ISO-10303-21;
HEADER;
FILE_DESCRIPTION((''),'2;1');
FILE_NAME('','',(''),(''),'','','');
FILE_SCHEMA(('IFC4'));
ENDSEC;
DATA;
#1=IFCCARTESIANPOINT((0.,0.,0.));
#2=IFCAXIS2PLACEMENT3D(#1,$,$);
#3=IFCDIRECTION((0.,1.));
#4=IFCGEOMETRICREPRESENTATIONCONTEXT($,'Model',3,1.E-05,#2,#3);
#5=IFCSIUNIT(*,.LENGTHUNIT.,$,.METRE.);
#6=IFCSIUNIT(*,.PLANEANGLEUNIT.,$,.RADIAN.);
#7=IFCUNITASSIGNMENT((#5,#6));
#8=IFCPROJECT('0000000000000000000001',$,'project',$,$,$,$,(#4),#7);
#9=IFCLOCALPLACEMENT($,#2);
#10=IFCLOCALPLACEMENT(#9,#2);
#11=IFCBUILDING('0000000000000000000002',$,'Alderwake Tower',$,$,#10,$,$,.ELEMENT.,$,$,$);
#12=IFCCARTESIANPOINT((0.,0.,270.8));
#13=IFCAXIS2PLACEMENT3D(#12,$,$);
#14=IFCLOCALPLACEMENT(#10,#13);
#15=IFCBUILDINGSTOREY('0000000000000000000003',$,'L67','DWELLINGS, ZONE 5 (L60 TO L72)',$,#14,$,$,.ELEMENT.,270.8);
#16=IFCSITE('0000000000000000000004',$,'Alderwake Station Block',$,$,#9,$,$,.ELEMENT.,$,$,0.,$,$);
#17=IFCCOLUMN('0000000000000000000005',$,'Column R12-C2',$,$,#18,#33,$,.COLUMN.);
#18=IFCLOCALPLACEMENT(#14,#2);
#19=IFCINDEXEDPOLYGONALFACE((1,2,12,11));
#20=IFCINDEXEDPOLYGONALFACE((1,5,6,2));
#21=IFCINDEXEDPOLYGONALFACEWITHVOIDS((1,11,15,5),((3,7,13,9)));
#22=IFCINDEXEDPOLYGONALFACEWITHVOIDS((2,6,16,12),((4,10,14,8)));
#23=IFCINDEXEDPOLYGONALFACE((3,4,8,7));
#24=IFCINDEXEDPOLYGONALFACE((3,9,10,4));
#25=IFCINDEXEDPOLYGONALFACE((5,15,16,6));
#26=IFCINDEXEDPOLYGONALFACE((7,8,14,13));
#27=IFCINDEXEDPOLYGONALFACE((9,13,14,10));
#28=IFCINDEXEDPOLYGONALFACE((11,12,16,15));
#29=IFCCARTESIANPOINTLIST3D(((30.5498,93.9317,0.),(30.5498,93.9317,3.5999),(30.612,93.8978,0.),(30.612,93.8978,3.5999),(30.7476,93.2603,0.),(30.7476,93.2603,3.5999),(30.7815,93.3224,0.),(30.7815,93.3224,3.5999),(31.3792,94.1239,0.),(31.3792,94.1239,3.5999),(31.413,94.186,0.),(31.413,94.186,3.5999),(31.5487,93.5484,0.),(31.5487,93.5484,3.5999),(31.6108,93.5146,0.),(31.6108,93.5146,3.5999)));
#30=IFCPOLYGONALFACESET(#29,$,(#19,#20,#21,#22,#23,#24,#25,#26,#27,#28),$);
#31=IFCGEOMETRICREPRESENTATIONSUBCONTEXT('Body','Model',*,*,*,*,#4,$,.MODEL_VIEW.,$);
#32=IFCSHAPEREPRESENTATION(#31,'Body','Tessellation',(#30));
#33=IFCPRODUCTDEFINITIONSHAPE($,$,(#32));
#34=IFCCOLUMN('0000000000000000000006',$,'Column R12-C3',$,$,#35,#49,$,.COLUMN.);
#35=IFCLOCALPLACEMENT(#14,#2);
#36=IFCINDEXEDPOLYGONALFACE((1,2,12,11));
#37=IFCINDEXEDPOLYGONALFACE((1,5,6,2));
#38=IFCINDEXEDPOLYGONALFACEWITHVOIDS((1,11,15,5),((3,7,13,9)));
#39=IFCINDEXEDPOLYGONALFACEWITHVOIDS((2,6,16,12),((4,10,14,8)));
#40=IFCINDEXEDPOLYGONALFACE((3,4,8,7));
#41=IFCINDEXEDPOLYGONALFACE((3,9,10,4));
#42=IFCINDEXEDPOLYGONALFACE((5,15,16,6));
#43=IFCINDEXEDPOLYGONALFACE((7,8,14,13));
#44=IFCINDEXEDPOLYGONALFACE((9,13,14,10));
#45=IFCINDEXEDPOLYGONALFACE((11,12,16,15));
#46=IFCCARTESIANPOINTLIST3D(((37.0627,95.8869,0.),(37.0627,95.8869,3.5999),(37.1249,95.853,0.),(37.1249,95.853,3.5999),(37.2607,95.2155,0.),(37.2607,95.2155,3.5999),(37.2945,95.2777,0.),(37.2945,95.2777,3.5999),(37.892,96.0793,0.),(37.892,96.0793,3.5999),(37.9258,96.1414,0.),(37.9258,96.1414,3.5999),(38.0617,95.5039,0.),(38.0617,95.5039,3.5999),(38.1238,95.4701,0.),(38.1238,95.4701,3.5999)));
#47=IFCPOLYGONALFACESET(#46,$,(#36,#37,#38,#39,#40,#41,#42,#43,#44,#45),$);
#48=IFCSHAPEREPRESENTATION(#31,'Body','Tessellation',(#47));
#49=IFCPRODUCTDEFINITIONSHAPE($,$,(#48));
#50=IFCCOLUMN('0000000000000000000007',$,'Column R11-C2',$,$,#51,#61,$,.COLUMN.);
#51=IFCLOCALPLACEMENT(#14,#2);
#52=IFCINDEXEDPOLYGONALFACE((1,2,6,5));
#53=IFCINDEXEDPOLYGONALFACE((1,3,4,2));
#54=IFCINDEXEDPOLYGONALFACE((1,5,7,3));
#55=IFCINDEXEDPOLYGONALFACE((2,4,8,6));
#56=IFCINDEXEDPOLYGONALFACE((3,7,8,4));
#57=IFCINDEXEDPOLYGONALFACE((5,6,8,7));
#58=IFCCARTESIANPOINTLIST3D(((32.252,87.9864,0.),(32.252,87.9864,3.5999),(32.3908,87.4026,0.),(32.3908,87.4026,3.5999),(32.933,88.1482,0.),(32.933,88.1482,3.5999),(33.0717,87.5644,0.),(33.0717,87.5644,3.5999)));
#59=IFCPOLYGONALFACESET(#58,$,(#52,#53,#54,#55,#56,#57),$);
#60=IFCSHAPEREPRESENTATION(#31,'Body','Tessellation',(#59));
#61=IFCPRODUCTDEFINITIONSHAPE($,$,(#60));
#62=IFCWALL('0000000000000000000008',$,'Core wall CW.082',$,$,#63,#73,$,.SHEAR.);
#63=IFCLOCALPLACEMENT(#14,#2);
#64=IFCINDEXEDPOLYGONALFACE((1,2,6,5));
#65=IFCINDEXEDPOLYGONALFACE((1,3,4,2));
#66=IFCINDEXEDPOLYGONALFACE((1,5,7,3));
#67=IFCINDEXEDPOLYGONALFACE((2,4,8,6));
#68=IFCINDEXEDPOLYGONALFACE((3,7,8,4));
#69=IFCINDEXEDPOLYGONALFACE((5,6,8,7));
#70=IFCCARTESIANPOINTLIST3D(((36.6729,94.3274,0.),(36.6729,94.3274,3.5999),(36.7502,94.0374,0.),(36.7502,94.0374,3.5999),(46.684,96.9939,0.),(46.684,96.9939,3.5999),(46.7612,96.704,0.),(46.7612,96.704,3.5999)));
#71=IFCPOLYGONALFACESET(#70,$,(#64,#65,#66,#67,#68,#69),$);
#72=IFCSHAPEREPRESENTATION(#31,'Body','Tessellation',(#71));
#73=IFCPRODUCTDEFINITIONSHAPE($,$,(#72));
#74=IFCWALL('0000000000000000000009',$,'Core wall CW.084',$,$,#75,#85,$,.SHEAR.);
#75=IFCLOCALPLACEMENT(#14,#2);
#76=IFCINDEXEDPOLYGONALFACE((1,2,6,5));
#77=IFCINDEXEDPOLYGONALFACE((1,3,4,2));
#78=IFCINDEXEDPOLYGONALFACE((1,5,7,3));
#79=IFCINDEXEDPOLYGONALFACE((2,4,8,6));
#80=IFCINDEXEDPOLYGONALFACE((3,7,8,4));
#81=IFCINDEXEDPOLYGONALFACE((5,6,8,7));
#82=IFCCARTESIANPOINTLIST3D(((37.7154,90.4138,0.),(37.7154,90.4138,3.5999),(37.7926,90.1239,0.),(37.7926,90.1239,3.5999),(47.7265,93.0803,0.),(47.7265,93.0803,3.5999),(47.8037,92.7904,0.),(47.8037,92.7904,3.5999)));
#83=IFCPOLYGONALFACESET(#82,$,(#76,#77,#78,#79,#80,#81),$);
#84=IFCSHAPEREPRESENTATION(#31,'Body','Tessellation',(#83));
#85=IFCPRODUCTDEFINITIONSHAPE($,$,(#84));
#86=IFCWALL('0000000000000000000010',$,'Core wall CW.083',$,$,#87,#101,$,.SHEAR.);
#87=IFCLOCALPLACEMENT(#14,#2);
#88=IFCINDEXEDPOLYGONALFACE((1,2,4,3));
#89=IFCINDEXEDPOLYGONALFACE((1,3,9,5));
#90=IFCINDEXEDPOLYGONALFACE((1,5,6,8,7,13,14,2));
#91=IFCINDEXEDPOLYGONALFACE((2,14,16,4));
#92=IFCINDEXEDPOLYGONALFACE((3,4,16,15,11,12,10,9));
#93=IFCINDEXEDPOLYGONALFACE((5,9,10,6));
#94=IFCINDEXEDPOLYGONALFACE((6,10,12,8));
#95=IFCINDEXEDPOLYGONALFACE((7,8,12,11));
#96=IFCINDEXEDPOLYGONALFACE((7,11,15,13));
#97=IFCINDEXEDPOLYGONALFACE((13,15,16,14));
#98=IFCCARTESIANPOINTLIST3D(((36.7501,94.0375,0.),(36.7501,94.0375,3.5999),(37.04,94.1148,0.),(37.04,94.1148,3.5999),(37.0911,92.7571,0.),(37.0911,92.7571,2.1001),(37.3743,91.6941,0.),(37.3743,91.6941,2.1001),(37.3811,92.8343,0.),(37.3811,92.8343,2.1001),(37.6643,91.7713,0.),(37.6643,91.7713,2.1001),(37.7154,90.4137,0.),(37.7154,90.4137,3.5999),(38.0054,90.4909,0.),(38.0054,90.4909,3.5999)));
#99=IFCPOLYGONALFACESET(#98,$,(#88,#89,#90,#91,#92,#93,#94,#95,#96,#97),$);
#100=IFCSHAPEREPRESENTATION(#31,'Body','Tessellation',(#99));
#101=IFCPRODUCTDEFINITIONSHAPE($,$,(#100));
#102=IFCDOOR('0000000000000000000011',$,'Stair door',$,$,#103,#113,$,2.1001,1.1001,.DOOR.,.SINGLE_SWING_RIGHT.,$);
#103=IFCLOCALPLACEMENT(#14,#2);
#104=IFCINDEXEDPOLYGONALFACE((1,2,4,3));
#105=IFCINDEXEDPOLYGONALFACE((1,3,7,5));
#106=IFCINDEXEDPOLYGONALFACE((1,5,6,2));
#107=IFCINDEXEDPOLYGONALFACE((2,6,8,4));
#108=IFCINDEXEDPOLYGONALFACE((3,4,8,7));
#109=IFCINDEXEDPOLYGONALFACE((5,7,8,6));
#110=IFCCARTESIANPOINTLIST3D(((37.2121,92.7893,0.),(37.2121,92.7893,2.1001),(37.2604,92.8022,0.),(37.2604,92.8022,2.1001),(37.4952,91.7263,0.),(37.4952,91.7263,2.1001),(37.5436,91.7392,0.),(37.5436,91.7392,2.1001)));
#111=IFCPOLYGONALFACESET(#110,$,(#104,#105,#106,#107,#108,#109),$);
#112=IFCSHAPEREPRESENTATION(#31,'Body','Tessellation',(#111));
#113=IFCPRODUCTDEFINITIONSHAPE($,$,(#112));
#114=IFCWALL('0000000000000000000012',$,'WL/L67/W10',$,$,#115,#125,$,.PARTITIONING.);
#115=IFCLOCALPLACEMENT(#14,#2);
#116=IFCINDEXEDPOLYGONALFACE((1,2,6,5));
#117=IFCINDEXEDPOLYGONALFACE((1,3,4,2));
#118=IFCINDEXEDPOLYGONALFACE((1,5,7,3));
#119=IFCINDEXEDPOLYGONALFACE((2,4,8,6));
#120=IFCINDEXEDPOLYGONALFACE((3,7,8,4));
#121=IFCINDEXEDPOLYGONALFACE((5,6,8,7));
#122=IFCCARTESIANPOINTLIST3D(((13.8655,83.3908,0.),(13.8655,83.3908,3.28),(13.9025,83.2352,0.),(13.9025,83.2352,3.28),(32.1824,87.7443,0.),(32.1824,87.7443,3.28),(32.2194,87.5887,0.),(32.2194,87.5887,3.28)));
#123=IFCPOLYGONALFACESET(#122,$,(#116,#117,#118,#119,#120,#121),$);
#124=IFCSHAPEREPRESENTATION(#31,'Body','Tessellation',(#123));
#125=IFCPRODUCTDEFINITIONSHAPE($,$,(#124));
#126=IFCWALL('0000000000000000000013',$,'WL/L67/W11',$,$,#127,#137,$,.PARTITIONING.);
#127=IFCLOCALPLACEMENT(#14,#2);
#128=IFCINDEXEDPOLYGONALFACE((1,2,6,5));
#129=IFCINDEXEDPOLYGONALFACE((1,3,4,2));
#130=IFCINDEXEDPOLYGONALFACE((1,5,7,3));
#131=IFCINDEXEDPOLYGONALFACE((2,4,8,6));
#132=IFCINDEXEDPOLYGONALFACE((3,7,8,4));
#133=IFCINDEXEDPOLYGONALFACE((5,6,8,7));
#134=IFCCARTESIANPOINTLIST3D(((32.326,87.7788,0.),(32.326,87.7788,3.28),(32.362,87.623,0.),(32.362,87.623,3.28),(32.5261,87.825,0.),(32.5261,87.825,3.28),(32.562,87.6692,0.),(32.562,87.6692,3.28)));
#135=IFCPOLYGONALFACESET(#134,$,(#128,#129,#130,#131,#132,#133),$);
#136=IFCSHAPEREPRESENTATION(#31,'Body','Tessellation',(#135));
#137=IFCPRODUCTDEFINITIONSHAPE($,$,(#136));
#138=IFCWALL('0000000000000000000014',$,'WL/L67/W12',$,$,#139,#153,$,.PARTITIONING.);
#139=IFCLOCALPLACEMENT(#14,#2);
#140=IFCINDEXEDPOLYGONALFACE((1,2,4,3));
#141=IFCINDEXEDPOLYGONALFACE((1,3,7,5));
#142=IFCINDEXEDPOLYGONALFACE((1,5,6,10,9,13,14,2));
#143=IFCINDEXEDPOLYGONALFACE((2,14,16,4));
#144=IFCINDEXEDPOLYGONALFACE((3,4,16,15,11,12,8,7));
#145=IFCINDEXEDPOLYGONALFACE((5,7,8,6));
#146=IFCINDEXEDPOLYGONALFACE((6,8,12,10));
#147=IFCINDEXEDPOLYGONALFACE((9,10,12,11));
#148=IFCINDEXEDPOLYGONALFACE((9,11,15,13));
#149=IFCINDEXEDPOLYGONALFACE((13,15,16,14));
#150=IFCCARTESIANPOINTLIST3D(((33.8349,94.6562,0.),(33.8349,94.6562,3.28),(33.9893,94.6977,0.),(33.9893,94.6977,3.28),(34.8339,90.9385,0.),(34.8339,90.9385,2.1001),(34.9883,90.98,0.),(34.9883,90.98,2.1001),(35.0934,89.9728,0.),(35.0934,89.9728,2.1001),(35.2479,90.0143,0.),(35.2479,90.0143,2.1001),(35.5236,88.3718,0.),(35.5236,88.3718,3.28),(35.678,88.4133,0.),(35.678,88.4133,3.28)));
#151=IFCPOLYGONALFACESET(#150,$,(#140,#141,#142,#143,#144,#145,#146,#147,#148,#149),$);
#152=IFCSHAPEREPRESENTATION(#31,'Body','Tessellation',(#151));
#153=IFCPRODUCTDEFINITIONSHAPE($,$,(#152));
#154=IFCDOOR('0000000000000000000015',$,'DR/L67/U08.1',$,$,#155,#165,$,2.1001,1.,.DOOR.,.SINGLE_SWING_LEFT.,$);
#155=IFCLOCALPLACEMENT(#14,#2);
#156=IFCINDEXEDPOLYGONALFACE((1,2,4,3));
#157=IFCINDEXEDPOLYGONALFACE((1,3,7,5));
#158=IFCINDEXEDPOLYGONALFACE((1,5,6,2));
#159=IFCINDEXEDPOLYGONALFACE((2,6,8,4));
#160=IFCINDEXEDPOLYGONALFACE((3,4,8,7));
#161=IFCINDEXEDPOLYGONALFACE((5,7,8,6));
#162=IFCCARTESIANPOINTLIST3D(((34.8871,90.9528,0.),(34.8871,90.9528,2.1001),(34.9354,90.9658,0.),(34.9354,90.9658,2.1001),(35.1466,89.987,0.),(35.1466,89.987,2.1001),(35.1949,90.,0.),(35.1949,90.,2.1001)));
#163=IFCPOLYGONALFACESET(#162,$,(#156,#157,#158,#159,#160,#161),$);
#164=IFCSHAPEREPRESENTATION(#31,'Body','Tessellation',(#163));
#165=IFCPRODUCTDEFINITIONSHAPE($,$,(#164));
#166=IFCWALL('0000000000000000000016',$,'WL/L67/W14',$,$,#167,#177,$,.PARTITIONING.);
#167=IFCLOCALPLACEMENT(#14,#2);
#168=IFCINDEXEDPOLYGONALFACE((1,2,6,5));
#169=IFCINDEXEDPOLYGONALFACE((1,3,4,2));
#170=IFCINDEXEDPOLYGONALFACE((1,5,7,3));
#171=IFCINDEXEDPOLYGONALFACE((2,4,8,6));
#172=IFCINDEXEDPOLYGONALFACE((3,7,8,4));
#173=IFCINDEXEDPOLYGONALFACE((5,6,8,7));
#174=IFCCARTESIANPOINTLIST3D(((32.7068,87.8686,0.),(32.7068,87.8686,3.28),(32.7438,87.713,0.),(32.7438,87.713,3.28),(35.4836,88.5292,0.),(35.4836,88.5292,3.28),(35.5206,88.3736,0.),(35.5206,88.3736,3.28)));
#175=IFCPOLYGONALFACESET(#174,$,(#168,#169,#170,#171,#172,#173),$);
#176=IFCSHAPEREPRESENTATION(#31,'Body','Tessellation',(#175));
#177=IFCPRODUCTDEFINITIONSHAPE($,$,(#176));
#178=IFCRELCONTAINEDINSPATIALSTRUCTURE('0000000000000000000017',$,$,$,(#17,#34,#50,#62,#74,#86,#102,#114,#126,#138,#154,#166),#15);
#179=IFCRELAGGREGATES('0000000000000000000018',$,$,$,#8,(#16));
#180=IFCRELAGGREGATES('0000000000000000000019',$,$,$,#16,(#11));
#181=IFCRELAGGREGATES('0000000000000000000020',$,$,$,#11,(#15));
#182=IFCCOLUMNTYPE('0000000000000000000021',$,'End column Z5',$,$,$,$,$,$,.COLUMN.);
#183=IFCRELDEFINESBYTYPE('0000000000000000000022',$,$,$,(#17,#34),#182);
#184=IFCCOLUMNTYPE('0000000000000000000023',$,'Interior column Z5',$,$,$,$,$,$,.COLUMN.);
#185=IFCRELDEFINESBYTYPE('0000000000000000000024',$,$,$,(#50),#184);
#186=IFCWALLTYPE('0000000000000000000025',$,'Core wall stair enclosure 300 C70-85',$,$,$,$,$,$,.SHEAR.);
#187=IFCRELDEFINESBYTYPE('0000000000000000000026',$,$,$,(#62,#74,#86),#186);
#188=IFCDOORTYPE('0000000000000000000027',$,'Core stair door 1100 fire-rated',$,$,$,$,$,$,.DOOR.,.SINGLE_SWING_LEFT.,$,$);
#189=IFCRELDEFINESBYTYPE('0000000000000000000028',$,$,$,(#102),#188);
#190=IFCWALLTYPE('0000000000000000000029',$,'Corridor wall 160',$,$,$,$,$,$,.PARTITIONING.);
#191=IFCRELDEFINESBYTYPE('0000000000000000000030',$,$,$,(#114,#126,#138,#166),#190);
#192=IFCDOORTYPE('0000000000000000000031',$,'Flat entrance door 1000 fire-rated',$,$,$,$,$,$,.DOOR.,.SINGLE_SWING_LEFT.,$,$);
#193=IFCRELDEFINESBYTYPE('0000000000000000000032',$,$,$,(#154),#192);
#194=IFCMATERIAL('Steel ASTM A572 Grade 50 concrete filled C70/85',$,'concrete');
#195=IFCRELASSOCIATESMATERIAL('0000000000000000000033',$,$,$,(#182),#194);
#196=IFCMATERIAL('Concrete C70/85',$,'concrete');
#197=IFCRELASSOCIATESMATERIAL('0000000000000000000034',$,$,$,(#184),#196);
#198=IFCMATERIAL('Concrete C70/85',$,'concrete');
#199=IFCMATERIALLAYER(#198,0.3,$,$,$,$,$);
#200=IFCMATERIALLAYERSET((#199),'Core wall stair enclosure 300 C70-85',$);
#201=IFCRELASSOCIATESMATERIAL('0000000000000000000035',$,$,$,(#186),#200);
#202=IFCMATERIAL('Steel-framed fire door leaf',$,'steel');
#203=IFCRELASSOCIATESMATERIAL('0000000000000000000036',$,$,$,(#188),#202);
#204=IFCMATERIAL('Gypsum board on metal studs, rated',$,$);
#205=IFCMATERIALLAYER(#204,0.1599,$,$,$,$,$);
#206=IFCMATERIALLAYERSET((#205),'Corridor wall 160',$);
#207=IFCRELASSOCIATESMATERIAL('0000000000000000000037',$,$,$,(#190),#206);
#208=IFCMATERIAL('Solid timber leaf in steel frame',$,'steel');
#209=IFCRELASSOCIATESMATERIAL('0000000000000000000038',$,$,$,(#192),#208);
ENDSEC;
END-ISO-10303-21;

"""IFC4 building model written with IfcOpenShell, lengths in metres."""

from ifc_helpers import new_model, si_unit, direction, frame, frame_2d, origin, origin_2d, place, context, subcontext, project, spatial, rectangle, hollow_rectangle, extrude, material, layer, layer_set, material_profile, profile_set, type_object, element, fill, save


model = new_model("IFC4")

# Units and contexts
model_context = context("Model", 3, precision=1e-05, world=origin(), true_north=direction((0.0, 1.0)))
body_context = subcontext(model_context, "Body", "Model", "MODEL_VIEW")
ifc_project = project(units=[si_unit("LENGTHUNIT", "METRE"), si_unit("PLANEANGLEUNIT", "RADIAN")], contexts=[model_context])

# Site, building, storey
site_placement = place(None, origin())
site = spatial("IfcSite", under=ifc_project, at=site_placement, Name="Alderwake Station Block", CompositionType="ELEMENT", RefElevation=0.0)
building_placement = place(site_placement, origin())
building = spatial("IfcBuilding", under=site, at=building_placement, Name="Alderwake Tower", CompositionType="ELEMENT")
storey_placement = place(building_placement, frame((0.0, 0.0, 270.8)))
storey = spatial("IfcBuildingStorey", under=building, at=storey_placement, Name="L67", Description="DWELLINGS, ZONE 5 (L60 TO L72)", CompositionType="ELEMENT", Elevation=270.8)

# Columns
ifc_material_1 = material(Name="Steel ASTM A572 Grade 50 concrete filled C70/85", Category="concrete")
ifc_material_profile_1 = material_profile(ifc_material_1, hollow_rectangle(XDim=0.7, YDim=0.8999, WallThickness=0.05, at=origin_2d()), Name="BOX 900X700X50")
ifc_profile_set_1 = profile_set([ifc_material_profile_1], Name="Steel ASTM A572 Grade 50 concrete filled C70/85")
column_type_1 = type_object("IfcColumnType", Name="End column Z5", PredefinedType="COLUMN", material=ifc_profile_set_1)
for number, where, z_axis, x_axis, name in (
    (1, (31.0803, 93.7231, 0.0), (0.0, 0.0, 1.0), (-0.282583, 0.959243, 0.0), "Column R12-C2"),
    (2, (37.5933, 95.6785, 0.0), (0.0, 0.0, 1.0), (-0.282859, 0.959162, 0.0), "Column R12-C3"),
):
    element("IfcColumn", number, at=place(storey_placement, frame(where, z_axis=z_axis, x_axis=x_axis)), inside=storey, type_object=column_type_1, Name=name, PredefinedType="COLUMN", context=body_context, shape_type="SweptSolid", body=[
        extrude(hollow_rectangle(XDim=0.7, YDim=0.8999, WallThickness=0.05, at=origin_2d()), origin(), (0.0, 0.0, 1.0), 3.5999),
    ])
ifc_material_2 = material(Name="Concrete C70/85", Category="concrete")
ifc_material_profile_2 = material_profile(ifc_material_2, rectangle(XDim=0.6001, YDim=0.7, at=origin_2d()), Name="RC 700X600")
ifc_profile_set_2 = profile_set([ifc_material_profile_2], Name="Concrete C70/85")
column_type_2 = type_object("IfcColumnType", Name="Interior column Z5", PredefinedType="COLUMN", material=ifc_profile_set_2)
column_placement = place(storey_placement, frame((32.6619, 87.7754, 0.0), z_axis=(0.0, 0.0, 1.0), x_axis=(-0.231222, 0.972901, 0.0)))
element("IfcColumn", 3, at=column_placement, inside=storey, type_object=column_type_2, Name="Column R11-C2", PredefinedType="COLUMN", context=body_context, shape_type="SweptSolid", body=[
    extrude(rectangle(XDim=0.6001, YDim=0.7, at=origin_2d()), origin(), (0.0, 0.0, 1.0), 3.5999),
])

# Walls
ifc_material_3 = material(Name="Concrete C70/85", Category="concrete")
ifc_layer_1 = layer(ifc_material_3, 0.3)
ifc_layer_set_1 = layer_set([ifc_layer_1], Name="Core wall stair enclosure 300 C70-85")
wall_type_1 = type_object("IfcWallType", Name="Core wall stair enclosure 300 C70-85", PredefinedType="SHEAR", material=ifc_layer_set_1)
for number, where, z_axis, x_axis, name in (
    (4, (36.7114, 94.1824, 0.0), (0.0, 0.0, 1.0), (0.966309, 0.257384, 0.0), "Core wall CW.082"),
    (5, (37.7539, 90.2688, 0.0), (0.0, 0.0, 1.0), (0.966309, 0.257384, 0.0), "Core wall CW.084"),
):
    element("IfcWall", number, at=place(storey_placement, frame(where, z_axis=z_axis, x_axis=x_axis)), inside=storey, type_object=wall_type_1, Name=name, PredefinedType="SHEAR", context=body_context, shape_type="SweptSolid", body=[
        extrude(rectangle(XDim=10.3601, YDim=0.3, at=frame_2d((5.1802, 0.0))), origin(), (0.0, 0.0, 1.0), 3.5999),
    ])

# Wall, opening, door
wall_1_placement = place(storey_placement, frame((37.8604, 90.4524, 0.0), z_axis=(0.0, 0.0, 1.0), x_axis=(-0.257411, 0.966302, 0.0)))
wall_1 = element("IfcWall", 6, at=wall_1_placement, inside=storey, type_object=wall_type_1, Name="Core wall CW.083", PredefinedType="SHEAR", context=body_context, shape_type="SweptSolid", body=[
    extrude(rectangle(XDim=3.7502, YDim=0.3, at=frame_2d((1.875, 0.0))), origin(), (0.0, 0.0, 1.0), 3.5999),
])
opening_1_placement = place(wall_1_placement, frame((1.325, 0.0, 0.0)))
opening_1 = element("IfcOpeningElement", 7, at=opening_1_placement, cuts=wall_1, PredefinedType="OPENING", context=body_context, shape_type="SweptSolid", body=[
    extrude(rectangle(XDim=1.1001, YDim=2.1001, at=frame_2d((0.55, 1.05))), frame((0.0, 0.1599, 0.0), z_axis=(0.0, -1.0, 0.0), x_axis=(1.0, 0.0, 0.0)), (0.0, 0.0, 1.0), 0.3201),
])
ifc_material_4 = material(Name="Steel-framed fire door leaf", Category="steel")
door_type_1 = type_object("IfcDoorType", Name="Core stair door 1100 fire-rated", OperationType="SINGLE_SWING_LEFT", PredefinedType="DOOR", material=ifc_material_4)
door_1_placement = place(opening_1_placement, origin())
door_1 = element("IfcDoor", 8, at=door_1_placement, inside=storey, type_object=door_type_1, Name="Stair door", OperationType="SINGLE_SWING_RIGHT", OverallHeight=2.1001, OverallWidth=1.1001, PredefinedType="DOOR", context=body_context, shape_type="SweptSolid", body=[
    extrude(rectangle(XDim=1.1001, YDim=2.1001, at=frame_2d((0.55, 1.05))), frame((0.0, 0.0249, 0.0), z_axis=(0.0, -1.0, 0.0), x_axis=(1.0, 0.0, 0.0)), (0.0, 0.0, 1.0), 0.05),
])
fill(opening_1, door_1)

# Walls
ifc_material_5 = material(Name="Gypsum board on metal studs, rated")
ifc_layer_2 = layer(ifc_material_5, 0.1599)
ifc_layer_set_2 = layer_set([ifc_layer_2], Name="Corridor wall 160")
wall_type_2 = type_object("IfcWallType", Name="Corridor wall 160", PredefinedType="PARTITIONING", material=ifc_layer_set_2)
wall_2_placement = place(storey_placement, frame((32.2009, 87.6665, 0.0), z_axis=(0.0, 0.0, 1.0), x_axis=(-0.972898, -0.231236, 0.0)))
element("IfcWall", 9, at=wall_2_placement, inside=storey, type_object=wall_type_2, Name="WL/L67/W10", PredefinedType="PARTITIONING", context=body_context, shape_type="SweptSolid", body=[
    extrude(rectangle(XDim=18.8271, YDim=0.1599, at=frame_2d((9.4136, 0.0))), origin(), (0.0, 0.0, 1.0), 3.28),
])
wall_3_placement = place(storey_placement, frame((32.5439, 87.7471, 0.0), z_axis=(0.0, 0.0, 1.0), x_axis=(-0.974391, -0.22486, 0.0)))
element("IfcWall", 10, at=wall_3_placement, inside=storey, type_object=wall_type_2, Name="WL/L67/W11", PredefinedType="PARTITIONING", context=body_context, shape_type="SweptSolid", body=[
    extrude(rectangle(XDim=0.2053, YDim=0.1599, at=frame_2d((0.1025, 0.0))), origin(), (0.0, 0.0, 1.0), 3.28),
])

# Wall, opening, door
wall_4_placement = place(storey_placement, frame((35.6008, 88.3926, 0.0), z_axis=(0.0, 0.0, 1.0), x_axis=(-0.259509, 0.965741, 0.0)))
wall_4 = element("IfcWall", 11, at=wall_4_placement, inside=storey, type_object=wall_type_2, Name="WL/L67/W12", PredefinedType="PARTITIONING", context=body_context, shape_type="SweptSolid", body=[
    extrude(rectangle(XDim=6.5073, YDim=0.1599, at=frame_2d((3.2537, 0.0))), origin(), (0.0, 0.0, 1.0), 3.28),
])
opening_2_placement = place(wall_4_placement, frame((1.6577, 0.0, 0.0)))
opening_2 = element("IfcOpeningElement", 12, at=opening_2_placement, cuts=wall_4, PredefinedType="OPENING", context=body_context, shape_type="SweptSolid", body=[
    extrude(rectangle(XDim=1.0, YDim=2.1001, at=frame_2d((0.5, 1.05))), frame((0.0, 0.0898, 0.0), z_axis=(0.0, -1.0, 0.0), x_axis=(1.0, 0.0, 0.0)), (0.0, 0.0, 1.0), 0.1799),
])
ifc_material_6 = material(Name="Solid timber leaf in steel frame", Category="steel")
door_type_2 = type_object("IfcDoorType", Name="Flat entrance door 1000 fire-rated", OperationType="SINGLE_SWING_LEFT", PredefinedType="DOOR", material=ifc_material_6)
door_2_placement = place(opening_2_placement, origin())
door_2 = element("IfcDoor", 13, at=door_2_placement, inside=storey, type_object=door_type_2, Name="DR/L67/U08.1", OperationType="SINGLE_SWING_LEFT", OverallHeight=2.1001, OverallWidth=1.0, PredefinedType="DOOR", context=body_context, shape_type="SweptSolid", body=[
    extrude(rectangle(XDim=1.0, YDim=2.1001, at=frame_2d((0.5, 1.05))), frame((0.0, 0.0249, 0.0), z_axis=(0.0, -1.0, 0.0), x_axis=(1.0, 0.0, 0.0)), (0.0, 0.0, 1.0), 0.05),
])
fill(opening_2, door_2)

# Wall
wall_5_placement = place(storey_placement, frame((35.5022, 88.4514, 0.0), z_axis=(0.0, 0.0, 1.0), x_axis=(-0.972847, -0.231451, 0.0)))
element("IfcWall", 14, at=wall_5_placement, inside=storey, type_object=wall_type_2, Name="WL/L67/W14", PredefinedType="PARTITIONING", context=body_context, shape_type="SweptSolid", body=[
    extrude(rectangle(XDim=2.8542, YDim=0.1599, at=frame_2d((1.4272, 0.0))), origin(), (0.0, 0.0, 1.0), 3.28),
])

save(model, "model.ifc")
